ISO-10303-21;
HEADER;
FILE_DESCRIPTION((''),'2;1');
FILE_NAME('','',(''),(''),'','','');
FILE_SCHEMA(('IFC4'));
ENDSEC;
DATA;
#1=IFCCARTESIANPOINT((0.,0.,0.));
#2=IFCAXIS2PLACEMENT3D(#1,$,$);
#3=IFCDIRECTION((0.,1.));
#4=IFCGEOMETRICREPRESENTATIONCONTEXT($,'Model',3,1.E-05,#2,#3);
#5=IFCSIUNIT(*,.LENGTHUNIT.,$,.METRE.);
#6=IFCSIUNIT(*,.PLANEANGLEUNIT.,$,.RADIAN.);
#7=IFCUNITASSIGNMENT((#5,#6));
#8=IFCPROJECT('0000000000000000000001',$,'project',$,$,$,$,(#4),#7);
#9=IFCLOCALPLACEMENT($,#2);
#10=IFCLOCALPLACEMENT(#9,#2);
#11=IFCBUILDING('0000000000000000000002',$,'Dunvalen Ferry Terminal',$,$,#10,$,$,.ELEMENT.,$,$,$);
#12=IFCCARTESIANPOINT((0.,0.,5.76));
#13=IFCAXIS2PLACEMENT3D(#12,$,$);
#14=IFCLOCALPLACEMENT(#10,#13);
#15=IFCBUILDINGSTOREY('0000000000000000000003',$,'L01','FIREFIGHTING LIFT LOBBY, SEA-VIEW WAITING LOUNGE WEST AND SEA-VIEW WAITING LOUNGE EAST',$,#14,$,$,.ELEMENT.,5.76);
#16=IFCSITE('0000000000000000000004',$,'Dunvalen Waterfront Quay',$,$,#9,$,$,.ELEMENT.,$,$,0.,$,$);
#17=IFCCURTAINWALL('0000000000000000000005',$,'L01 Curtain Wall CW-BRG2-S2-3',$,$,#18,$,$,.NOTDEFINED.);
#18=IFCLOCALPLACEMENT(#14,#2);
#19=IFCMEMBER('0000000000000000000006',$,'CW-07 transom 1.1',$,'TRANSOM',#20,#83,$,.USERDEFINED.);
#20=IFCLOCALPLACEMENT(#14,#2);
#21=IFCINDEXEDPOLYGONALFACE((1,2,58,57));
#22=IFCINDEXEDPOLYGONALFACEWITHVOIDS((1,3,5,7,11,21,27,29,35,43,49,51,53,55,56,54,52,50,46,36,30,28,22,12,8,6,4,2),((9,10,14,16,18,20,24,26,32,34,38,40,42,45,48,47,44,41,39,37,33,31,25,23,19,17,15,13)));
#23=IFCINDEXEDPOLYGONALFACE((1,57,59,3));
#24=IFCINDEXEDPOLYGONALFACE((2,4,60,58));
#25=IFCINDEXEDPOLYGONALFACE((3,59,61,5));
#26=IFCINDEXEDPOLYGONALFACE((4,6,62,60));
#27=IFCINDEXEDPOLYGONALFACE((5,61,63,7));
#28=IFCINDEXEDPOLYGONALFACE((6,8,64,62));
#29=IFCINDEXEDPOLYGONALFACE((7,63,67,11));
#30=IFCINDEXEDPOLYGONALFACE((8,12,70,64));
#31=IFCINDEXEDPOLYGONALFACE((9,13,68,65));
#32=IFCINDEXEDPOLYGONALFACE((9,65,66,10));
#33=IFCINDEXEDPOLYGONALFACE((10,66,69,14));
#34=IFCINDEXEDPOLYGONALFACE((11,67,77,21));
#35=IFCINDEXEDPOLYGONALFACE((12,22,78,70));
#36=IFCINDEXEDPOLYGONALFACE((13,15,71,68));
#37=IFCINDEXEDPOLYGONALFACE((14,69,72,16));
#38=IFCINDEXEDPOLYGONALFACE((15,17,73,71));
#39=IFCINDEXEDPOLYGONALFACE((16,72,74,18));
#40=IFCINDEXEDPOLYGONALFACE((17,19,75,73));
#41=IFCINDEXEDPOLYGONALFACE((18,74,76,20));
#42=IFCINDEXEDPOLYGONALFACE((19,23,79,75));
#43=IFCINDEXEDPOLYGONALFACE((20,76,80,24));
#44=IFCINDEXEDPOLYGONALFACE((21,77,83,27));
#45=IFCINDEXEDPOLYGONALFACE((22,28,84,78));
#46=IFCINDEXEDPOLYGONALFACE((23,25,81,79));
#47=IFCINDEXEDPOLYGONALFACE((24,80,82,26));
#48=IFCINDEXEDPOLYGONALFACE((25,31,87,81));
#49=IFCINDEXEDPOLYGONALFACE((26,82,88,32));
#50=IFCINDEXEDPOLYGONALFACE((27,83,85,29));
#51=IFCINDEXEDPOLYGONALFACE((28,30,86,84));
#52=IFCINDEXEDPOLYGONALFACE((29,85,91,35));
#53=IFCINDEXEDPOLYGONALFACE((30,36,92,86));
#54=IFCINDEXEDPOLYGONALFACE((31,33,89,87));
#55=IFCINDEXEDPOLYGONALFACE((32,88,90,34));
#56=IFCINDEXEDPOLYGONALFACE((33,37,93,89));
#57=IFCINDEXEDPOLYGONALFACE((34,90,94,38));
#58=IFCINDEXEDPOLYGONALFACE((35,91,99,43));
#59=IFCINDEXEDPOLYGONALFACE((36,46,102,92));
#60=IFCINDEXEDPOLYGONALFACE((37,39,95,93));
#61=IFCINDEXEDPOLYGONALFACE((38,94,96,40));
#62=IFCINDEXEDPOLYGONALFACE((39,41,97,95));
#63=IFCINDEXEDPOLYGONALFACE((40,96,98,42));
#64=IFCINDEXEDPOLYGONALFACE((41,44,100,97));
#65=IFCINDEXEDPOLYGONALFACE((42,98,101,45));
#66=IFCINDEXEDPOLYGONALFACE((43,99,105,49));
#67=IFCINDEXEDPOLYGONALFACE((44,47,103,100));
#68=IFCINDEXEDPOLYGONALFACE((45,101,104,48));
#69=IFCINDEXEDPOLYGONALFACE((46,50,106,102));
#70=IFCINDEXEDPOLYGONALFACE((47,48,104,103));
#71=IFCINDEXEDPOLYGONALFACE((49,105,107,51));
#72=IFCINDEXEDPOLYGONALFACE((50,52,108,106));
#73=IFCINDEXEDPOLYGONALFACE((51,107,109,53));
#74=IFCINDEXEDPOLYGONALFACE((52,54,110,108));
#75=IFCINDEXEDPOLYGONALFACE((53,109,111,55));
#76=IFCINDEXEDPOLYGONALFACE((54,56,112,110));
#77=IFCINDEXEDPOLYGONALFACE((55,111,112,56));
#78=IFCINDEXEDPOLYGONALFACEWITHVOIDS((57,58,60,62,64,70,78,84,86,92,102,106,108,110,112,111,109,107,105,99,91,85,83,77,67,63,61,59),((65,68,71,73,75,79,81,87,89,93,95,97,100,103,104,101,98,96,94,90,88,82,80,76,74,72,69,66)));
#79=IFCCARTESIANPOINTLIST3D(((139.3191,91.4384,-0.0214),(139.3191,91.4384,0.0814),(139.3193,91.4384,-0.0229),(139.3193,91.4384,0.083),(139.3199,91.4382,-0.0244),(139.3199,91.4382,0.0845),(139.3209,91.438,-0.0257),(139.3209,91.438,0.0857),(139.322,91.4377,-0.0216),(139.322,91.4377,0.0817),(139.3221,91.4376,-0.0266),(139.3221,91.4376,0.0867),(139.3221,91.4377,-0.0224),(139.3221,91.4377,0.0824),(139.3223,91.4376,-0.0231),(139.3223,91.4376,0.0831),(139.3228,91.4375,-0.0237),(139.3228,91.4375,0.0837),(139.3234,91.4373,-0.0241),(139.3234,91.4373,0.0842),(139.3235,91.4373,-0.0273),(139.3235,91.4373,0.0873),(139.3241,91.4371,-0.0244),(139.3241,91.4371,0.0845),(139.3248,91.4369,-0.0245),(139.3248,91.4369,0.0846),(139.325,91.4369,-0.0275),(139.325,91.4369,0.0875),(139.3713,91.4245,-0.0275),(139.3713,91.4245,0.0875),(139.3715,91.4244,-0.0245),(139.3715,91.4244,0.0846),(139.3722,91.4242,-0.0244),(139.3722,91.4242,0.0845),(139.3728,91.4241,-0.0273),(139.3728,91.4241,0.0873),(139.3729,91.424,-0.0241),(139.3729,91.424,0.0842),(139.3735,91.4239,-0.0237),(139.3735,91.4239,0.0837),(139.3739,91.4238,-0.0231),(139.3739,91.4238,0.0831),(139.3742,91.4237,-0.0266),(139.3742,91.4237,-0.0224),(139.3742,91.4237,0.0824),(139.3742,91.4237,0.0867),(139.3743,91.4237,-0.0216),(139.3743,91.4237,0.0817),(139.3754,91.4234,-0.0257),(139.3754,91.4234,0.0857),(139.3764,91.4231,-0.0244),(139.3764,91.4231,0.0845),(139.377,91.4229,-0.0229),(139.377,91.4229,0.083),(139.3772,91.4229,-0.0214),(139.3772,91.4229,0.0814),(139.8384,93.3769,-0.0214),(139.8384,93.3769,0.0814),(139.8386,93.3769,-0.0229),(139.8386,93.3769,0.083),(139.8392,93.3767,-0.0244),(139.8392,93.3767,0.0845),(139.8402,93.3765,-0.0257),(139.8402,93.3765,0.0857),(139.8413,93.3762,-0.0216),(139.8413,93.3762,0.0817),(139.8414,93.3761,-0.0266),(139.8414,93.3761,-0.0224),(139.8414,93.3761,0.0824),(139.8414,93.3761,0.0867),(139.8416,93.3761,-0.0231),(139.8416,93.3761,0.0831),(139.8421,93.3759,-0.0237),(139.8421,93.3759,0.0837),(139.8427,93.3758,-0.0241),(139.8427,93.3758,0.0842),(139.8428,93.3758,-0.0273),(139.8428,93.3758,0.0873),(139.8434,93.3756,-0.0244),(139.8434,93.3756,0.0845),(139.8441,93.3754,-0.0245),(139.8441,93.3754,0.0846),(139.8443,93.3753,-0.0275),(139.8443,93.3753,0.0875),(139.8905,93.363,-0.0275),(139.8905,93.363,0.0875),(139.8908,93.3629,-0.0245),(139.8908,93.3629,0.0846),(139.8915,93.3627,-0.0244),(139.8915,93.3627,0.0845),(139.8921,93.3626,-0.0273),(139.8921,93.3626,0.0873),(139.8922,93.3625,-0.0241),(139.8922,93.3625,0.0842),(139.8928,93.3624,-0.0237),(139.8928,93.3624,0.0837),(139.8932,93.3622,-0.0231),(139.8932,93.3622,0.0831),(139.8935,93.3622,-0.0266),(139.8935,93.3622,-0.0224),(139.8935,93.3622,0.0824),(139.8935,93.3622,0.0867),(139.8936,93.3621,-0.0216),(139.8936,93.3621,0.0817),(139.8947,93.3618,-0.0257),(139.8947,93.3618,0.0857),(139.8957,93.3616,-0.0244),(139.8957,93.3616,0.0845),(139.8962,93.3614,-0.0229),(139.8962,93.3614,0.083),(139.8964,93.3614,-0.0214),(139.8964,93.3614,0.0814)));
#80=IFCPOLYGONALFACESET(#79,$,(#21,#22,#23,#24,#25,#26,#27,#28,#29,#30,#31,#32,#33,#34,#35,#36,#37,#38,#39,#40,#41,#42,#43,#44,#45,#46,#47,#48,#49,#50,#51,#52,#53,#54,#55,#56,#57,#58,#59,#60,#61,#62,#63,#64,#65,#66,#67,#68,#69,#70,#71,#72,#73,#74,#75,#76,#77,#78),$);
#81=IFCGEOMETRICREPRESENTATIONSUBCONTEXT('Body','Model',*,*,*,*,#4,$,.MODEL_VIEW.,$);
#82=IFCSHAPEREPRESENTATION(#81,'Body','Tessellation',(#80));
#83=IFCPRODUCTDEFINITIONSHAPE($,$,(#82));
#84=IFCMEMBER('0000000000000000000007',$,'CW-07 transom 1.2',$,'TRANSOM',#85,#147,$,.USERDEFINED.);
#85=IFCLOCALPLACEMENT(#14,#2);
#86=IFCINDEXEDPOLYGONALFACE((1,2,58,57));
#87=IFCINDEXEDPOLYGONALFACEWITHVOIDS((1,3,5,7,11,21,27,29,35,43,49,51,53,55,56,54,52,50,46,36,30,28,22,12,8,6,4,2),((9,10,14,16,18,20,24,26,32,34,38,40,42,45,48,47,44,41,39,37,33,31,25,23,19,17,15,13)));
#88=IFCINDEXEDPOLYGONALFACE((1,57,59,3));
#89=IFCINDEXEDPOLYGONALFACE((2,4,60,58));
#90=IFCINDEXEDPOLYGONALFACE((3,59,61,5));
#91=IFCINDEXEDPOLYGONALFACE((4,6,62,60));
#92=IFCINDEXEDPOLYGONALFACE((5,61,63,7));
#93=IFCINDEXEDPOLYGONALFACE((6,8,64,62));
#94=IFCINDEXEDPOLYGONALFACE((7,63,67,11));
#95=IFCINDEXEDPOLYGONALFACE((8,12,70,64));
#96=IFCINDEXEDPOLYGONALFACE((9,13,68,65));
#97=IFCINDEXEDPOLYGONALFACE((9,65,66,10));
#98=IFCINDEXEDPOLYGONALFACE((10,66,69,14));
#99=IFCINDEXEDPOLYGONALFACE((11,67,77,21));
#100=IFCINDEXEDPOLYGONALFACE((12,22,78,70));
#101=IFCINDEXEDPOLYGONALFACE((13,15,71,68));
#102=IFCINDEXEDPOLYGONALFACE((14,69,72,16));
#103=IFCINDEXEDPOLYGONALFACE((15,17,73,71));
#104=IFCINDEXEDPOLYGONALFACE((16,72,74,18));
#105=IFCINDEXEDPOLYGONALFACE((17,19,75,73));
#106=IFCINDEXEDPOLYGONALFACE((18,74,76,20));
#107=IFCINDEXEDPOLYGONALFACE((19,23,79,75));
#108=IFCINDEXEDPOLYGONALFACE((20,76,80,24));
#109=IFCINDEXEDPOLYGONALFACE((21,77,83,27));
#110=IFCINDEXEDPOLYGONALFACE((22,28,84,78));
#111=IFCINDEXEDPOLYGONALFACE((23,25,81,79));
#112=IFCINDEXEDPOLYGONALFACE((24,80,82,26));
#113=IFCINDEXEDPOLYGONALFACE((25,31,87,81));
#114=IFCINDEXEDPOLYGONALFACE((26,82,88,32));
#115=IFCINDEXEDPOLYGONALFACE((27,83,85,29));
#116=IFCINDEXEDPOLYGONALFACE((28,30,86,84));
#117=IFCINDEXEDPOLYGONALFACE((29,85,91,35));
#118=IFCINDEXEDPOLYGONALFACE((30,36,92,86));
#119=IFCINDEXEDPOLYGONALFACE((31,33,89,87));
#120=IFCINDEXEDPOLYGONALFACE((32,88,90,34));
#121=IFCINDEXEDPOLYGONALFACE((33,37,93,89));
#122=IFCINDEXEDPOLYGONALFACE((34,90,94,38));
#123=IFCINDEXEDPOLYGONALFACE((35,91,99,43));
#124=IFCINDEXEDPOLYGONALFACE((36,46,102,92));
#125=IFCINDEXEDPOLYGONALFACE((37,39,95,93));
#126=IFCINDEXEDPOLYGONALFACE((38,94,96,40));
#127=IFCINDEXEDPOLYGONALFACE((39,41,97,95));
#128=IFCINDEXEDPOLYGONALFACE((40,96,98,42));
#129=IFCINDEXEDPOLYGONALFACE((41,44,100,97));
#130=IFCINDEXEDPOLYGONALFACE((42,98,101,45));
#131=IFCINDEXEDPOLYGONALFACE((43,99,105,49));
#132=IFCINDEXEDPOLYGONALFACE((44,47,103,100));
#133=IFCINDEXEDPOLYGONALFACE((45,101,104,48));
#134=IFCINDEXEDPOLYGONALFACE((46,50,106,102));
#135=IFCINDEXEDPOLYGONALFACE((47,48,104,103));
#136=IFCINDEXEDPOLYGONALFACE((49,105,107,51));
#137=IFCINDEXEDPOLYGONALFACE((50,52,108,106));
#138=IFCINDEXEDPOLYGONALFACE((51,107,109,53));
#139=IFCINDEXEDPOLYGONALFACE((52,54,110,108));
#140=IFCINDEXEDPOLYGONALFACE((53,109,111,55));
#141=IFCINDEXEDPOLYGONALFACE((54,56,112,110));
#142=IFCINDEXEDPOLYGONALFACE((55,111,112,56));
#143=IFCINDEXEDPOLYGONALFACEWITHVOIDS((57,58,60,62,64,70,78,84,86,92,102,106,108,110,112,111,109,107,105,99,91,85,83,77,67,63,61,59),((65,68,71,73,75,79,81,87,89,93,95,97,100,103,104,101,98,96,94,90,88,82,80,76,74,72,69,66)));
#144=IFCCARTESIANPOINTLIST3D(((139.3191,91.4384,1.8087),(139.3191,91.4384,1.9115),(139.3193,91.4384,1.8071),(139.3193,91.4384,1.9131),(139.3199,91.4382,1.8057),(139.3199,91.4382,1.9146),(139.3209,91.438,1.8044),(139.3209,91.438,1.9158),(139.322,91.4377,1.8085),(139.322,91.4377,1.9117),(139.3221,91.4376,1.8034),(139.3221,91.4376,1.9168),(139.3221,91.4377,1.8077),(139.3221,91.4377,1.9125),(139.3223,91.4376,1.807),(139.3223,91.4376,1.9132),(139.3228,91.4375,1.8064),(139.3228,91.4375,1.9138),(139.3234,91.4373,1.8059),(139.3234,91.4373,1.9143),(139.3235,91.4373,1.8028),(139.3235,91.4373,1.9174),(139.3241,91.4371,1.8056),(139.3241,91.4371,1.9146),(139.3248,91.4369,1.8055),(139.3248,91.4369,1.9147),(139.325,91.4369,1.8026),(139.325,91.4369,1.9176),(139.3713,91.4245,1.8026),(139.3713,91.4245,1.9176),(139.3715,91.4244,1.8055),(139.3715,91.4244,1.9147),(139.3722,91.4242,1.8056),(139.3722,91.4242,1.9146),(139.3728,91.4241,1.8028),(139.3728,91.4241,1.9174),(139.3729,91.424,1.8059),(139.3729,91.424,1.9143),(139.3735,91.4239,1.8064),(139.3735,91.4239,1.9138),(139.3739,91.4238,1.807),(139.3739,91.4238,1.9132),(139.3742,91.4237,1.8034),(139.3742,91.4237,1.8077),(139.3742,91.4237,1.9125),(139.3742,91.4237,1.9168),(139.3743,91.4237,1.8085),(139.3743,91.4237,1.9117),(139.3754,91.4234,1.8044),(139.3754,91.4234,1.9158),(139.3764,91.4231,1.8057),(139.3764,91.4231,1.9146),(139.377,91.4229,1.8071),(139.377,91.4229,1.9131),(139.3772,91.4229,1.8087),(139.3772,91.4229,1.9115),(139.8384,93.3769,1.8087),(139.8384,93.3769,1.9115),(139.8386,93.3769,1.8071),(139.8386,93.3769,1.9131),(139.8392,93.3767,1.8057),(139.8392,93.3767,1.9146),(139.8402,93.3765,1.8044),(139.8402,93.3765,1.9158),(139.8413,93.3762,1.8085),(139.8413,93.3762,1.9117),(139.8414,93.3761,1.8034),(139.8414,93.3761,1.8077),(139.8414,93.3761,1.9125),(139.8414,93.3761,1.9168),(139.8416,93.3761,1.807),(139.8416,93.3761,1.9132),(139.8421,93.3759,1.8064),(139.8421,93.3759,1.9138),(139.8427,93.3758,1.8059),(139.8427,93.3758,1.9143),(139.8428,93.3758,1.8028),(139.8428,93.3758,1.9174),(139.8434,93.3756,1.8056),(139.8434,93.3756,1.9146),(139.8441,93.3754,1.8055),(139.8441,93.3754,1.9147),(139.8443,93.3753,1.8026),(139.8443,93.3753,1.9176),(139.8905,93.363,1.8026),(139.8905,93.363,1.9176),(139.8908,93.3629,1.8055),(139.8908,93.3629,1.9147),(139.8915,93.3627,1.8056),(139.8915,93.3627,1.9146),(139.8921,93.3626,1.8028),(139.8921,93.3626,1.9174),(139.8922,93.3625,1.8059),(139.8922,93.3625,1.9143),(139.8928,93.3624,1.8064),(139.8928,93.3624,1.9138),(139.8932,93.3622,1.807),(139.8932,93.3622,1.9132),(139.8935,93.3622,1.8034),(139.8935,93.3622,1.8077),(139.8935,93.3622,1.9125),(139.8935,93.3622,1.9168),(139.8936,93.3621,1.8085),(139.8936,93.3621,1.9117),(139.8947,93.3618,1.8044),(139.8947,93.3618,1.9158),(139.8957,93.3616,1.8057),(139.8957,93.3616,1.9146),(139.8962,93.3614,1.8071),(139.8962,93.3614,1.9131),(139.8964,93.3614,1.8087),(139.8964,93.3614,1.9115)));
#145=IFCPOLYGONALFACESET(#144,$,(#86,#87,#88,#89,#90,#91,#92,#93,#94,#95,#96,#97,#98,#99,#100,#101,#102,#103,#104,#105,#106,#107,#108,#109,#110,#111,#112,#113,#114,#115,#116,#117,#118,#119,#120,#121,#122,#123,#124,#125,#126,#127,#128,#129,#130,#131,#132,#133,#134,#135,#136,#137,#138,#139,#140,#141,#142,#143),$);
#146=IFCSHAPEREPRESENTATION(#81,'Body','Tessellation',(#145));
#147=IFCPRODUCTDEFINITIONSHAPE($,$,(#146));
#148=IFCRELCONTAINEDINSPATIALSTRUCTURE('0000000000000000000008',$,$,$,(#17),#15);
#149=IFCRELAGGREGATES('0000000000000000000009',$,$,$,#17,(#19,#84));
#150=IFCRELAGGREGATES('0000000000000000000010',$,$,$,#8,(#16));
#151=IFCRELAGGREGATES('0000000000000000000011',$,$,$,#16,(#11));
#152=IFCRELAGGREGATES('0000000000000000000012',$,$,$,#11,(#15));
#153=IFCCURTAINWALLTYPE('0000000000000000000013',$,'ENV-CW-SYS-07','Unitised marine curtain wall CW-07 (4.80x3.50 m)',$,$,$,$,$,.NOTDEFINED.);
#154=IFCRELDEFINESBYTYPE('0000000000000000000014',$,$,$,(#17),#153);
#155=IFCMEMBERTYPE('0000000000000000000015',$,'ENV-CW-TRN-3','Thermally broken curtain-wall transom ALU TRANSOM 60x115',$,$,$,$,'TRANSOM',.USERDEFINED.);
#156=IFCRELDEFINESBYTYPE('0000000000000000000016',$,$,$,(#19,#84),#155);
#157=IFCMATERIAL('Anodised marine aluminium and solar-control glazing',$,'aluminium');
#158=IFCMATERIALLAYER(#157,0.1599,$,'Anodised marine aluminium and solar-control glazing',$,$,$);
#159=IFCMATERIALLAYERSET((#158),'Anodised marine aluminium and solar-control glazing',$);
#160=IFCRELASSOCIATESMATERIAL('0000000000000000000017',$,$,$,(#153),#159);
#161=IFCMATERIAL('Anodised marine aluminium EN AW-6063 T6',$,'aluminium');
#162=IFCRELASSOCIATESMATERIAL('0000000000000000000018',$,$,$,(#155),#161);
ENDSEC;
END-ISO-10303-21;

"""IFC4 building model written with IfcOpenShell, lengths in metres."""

from ifc_helpers import new_model, si_unit, direction, frame, origin, origin_2d, place, context, subcontext, project, spatial, hollow_rectangle, extrude, material, layer, layer_set, material_profile, profile_set, type_object, element, aggregate, save


model = new_model("IFC4")

# Units and contexts
model_context = context("Model", 3, precision=1e-05, world=origin(), true_north=direction((0.0, 1.0)))
body_context = subcontext(model_context, "Body", "Model", "MODEL_VIEW")
ifc_project = project(units=[si_unit("LENGTHUNIT", "METRE"), si_unit("PLANEANGLEUNIT", "RADIAN")], contexts=[model_context])

# Site, building, storey
site_placement = place(None, origin())
site = spatial("IfcSite", under=ifc_project, at=site_placement, Name="Dunvalen Waterfront Quay", CompositionType="ELEMENT", RefElevation=0.0)
building_placement = place(site_placement, origin())
building = spatial("IfcBuilding", under=site, at=building_placement, Name="Dunvalen Ferry Terminal", CompositionType="ELEMENT")
storey_placement = place(building_placement, frame((0.0, 0.0, 5.76)))
storey = spatial("IfcBuildingStorey", under=building, at=storey_placement, Name="L01", Description="FIREFIGHTING LIFT LOBBY, SEA-VIEW WAITING LOUNGE WEST AND SEA-VIEW WAITING LOUNGE EAST", CompositionType="ELEMENT", Elevation=5.76)

# Shared definitions
ifc_material_1 = material(Name="Anodised marine aluminium and solar-control glazing", Category="aluminium")
ifc_layer_1 = layer(ifc_material_1, 0.1599, Name="Anodised marine aluminium and solar-control glazing")
ifc_layer_set_1 = layer_set([ifc_layer_1], Name="Anodised marine aluminium and solar-control glazing")
curtain_wall_type = type_object("IfcCurtainWallType", Name="ENV-CW-SYS-07", Description="Unitised marine curtain wall CW-07 (4.80x3.50 m)", PredefinedType="NOTDEFINED", material=ifc_layer_set_1)
ifc_material_2 = material(Name="Anodised marine aluminium EN AW-6063 T6", Category="aluminium")

# Curtain wall
curtain_wall_1_placement = place(storey_placement, origin())
curtain_wall_1 = element("IfcCurtainWall", 1, at=curtain_wall_1_placement, inside=storey, type_object=curtain_wall_type, Name="L01 Curtain Wall CW-BRG2-S2-3", PredefinedType="NOTDEFINED")

# Members
ifc_material_profile_1 = material_profile(ifc_material_2, hollow_rectangle(XDim=0.0601, YDim=0.115, WallThickness=0.0029, InnerFilletRadius=0.0029, OuterFilletRadius=0.0061, at=origin_2d()), Name="Anodised marine aluminium EN AW-6063 T6")
ifc_profile_set_1 = profile_set([ifc_material_profile_1], Name="Anodised marine aluminium EN AW-6063 T6")
member_type_1 = type_object("IfcMemberType", Name="ENV-CW-TRN-3", Description="Thermally broken curtain-wall transom ALU TRANSOM 60x115", ElementType="TRANSOM", PredefinedType="USERDEFINED", material=ifc_profile_set_1)
member_1_placement = place(storey_placement, frame((139.3481, 91.4307, 0.03), z_axis=(0.25876, 0.965942, 0.0), x_axis=(-0.965942, 0.25876, 0.0)))
member_1 = element("IfcMember", 2, at=member_1_placement, type_object=member_type_1, Name="CW-07 transom 1.1", ObjectType="TRANSOM", PredefinedType="USERDEFINED", context=body_context, shape_type="SweptSolid", body=[
    extrude(hollow_rectangle(XDim=0.0601, YDim=0.115, WallThickness=0.0029, InnerFilletRadius=0.0029, OuterFilletRadius=0.0061, at=origin_2d()), origin(), (0.0, 0.0, 1.0), 2.0068),
])
member_2_placement = place(storey_placement, frame((139.3481, 91.4307, 1.8601), z_axis=(0.25876, 0.965942, 0.0), x_axis=(-0.965942, 0.25876, 0.0)))
member_2 = element("IfcMember", 3, at=member_2_placement, type_object=member_type_1, Name="CW-07 transom 1.2", ObjectType="TRANSOM", PredefinedType="USERDEFINED", context=body_context, shape_type="SweptSolid", body=[
    extrude(hollow_rectangle(XDim=0.0601, YDim=0.115, WallThickness=0.0029, InnerFilletRadius=0.0029, OuterFilletRadius=0.0061, at=origin_2d()), origin(), (0.0, 0.0, 1.0), 2.0068),
])
aggregate(curtain_wall_1, [member_1, member_2])

save(model, "model.ifc")
